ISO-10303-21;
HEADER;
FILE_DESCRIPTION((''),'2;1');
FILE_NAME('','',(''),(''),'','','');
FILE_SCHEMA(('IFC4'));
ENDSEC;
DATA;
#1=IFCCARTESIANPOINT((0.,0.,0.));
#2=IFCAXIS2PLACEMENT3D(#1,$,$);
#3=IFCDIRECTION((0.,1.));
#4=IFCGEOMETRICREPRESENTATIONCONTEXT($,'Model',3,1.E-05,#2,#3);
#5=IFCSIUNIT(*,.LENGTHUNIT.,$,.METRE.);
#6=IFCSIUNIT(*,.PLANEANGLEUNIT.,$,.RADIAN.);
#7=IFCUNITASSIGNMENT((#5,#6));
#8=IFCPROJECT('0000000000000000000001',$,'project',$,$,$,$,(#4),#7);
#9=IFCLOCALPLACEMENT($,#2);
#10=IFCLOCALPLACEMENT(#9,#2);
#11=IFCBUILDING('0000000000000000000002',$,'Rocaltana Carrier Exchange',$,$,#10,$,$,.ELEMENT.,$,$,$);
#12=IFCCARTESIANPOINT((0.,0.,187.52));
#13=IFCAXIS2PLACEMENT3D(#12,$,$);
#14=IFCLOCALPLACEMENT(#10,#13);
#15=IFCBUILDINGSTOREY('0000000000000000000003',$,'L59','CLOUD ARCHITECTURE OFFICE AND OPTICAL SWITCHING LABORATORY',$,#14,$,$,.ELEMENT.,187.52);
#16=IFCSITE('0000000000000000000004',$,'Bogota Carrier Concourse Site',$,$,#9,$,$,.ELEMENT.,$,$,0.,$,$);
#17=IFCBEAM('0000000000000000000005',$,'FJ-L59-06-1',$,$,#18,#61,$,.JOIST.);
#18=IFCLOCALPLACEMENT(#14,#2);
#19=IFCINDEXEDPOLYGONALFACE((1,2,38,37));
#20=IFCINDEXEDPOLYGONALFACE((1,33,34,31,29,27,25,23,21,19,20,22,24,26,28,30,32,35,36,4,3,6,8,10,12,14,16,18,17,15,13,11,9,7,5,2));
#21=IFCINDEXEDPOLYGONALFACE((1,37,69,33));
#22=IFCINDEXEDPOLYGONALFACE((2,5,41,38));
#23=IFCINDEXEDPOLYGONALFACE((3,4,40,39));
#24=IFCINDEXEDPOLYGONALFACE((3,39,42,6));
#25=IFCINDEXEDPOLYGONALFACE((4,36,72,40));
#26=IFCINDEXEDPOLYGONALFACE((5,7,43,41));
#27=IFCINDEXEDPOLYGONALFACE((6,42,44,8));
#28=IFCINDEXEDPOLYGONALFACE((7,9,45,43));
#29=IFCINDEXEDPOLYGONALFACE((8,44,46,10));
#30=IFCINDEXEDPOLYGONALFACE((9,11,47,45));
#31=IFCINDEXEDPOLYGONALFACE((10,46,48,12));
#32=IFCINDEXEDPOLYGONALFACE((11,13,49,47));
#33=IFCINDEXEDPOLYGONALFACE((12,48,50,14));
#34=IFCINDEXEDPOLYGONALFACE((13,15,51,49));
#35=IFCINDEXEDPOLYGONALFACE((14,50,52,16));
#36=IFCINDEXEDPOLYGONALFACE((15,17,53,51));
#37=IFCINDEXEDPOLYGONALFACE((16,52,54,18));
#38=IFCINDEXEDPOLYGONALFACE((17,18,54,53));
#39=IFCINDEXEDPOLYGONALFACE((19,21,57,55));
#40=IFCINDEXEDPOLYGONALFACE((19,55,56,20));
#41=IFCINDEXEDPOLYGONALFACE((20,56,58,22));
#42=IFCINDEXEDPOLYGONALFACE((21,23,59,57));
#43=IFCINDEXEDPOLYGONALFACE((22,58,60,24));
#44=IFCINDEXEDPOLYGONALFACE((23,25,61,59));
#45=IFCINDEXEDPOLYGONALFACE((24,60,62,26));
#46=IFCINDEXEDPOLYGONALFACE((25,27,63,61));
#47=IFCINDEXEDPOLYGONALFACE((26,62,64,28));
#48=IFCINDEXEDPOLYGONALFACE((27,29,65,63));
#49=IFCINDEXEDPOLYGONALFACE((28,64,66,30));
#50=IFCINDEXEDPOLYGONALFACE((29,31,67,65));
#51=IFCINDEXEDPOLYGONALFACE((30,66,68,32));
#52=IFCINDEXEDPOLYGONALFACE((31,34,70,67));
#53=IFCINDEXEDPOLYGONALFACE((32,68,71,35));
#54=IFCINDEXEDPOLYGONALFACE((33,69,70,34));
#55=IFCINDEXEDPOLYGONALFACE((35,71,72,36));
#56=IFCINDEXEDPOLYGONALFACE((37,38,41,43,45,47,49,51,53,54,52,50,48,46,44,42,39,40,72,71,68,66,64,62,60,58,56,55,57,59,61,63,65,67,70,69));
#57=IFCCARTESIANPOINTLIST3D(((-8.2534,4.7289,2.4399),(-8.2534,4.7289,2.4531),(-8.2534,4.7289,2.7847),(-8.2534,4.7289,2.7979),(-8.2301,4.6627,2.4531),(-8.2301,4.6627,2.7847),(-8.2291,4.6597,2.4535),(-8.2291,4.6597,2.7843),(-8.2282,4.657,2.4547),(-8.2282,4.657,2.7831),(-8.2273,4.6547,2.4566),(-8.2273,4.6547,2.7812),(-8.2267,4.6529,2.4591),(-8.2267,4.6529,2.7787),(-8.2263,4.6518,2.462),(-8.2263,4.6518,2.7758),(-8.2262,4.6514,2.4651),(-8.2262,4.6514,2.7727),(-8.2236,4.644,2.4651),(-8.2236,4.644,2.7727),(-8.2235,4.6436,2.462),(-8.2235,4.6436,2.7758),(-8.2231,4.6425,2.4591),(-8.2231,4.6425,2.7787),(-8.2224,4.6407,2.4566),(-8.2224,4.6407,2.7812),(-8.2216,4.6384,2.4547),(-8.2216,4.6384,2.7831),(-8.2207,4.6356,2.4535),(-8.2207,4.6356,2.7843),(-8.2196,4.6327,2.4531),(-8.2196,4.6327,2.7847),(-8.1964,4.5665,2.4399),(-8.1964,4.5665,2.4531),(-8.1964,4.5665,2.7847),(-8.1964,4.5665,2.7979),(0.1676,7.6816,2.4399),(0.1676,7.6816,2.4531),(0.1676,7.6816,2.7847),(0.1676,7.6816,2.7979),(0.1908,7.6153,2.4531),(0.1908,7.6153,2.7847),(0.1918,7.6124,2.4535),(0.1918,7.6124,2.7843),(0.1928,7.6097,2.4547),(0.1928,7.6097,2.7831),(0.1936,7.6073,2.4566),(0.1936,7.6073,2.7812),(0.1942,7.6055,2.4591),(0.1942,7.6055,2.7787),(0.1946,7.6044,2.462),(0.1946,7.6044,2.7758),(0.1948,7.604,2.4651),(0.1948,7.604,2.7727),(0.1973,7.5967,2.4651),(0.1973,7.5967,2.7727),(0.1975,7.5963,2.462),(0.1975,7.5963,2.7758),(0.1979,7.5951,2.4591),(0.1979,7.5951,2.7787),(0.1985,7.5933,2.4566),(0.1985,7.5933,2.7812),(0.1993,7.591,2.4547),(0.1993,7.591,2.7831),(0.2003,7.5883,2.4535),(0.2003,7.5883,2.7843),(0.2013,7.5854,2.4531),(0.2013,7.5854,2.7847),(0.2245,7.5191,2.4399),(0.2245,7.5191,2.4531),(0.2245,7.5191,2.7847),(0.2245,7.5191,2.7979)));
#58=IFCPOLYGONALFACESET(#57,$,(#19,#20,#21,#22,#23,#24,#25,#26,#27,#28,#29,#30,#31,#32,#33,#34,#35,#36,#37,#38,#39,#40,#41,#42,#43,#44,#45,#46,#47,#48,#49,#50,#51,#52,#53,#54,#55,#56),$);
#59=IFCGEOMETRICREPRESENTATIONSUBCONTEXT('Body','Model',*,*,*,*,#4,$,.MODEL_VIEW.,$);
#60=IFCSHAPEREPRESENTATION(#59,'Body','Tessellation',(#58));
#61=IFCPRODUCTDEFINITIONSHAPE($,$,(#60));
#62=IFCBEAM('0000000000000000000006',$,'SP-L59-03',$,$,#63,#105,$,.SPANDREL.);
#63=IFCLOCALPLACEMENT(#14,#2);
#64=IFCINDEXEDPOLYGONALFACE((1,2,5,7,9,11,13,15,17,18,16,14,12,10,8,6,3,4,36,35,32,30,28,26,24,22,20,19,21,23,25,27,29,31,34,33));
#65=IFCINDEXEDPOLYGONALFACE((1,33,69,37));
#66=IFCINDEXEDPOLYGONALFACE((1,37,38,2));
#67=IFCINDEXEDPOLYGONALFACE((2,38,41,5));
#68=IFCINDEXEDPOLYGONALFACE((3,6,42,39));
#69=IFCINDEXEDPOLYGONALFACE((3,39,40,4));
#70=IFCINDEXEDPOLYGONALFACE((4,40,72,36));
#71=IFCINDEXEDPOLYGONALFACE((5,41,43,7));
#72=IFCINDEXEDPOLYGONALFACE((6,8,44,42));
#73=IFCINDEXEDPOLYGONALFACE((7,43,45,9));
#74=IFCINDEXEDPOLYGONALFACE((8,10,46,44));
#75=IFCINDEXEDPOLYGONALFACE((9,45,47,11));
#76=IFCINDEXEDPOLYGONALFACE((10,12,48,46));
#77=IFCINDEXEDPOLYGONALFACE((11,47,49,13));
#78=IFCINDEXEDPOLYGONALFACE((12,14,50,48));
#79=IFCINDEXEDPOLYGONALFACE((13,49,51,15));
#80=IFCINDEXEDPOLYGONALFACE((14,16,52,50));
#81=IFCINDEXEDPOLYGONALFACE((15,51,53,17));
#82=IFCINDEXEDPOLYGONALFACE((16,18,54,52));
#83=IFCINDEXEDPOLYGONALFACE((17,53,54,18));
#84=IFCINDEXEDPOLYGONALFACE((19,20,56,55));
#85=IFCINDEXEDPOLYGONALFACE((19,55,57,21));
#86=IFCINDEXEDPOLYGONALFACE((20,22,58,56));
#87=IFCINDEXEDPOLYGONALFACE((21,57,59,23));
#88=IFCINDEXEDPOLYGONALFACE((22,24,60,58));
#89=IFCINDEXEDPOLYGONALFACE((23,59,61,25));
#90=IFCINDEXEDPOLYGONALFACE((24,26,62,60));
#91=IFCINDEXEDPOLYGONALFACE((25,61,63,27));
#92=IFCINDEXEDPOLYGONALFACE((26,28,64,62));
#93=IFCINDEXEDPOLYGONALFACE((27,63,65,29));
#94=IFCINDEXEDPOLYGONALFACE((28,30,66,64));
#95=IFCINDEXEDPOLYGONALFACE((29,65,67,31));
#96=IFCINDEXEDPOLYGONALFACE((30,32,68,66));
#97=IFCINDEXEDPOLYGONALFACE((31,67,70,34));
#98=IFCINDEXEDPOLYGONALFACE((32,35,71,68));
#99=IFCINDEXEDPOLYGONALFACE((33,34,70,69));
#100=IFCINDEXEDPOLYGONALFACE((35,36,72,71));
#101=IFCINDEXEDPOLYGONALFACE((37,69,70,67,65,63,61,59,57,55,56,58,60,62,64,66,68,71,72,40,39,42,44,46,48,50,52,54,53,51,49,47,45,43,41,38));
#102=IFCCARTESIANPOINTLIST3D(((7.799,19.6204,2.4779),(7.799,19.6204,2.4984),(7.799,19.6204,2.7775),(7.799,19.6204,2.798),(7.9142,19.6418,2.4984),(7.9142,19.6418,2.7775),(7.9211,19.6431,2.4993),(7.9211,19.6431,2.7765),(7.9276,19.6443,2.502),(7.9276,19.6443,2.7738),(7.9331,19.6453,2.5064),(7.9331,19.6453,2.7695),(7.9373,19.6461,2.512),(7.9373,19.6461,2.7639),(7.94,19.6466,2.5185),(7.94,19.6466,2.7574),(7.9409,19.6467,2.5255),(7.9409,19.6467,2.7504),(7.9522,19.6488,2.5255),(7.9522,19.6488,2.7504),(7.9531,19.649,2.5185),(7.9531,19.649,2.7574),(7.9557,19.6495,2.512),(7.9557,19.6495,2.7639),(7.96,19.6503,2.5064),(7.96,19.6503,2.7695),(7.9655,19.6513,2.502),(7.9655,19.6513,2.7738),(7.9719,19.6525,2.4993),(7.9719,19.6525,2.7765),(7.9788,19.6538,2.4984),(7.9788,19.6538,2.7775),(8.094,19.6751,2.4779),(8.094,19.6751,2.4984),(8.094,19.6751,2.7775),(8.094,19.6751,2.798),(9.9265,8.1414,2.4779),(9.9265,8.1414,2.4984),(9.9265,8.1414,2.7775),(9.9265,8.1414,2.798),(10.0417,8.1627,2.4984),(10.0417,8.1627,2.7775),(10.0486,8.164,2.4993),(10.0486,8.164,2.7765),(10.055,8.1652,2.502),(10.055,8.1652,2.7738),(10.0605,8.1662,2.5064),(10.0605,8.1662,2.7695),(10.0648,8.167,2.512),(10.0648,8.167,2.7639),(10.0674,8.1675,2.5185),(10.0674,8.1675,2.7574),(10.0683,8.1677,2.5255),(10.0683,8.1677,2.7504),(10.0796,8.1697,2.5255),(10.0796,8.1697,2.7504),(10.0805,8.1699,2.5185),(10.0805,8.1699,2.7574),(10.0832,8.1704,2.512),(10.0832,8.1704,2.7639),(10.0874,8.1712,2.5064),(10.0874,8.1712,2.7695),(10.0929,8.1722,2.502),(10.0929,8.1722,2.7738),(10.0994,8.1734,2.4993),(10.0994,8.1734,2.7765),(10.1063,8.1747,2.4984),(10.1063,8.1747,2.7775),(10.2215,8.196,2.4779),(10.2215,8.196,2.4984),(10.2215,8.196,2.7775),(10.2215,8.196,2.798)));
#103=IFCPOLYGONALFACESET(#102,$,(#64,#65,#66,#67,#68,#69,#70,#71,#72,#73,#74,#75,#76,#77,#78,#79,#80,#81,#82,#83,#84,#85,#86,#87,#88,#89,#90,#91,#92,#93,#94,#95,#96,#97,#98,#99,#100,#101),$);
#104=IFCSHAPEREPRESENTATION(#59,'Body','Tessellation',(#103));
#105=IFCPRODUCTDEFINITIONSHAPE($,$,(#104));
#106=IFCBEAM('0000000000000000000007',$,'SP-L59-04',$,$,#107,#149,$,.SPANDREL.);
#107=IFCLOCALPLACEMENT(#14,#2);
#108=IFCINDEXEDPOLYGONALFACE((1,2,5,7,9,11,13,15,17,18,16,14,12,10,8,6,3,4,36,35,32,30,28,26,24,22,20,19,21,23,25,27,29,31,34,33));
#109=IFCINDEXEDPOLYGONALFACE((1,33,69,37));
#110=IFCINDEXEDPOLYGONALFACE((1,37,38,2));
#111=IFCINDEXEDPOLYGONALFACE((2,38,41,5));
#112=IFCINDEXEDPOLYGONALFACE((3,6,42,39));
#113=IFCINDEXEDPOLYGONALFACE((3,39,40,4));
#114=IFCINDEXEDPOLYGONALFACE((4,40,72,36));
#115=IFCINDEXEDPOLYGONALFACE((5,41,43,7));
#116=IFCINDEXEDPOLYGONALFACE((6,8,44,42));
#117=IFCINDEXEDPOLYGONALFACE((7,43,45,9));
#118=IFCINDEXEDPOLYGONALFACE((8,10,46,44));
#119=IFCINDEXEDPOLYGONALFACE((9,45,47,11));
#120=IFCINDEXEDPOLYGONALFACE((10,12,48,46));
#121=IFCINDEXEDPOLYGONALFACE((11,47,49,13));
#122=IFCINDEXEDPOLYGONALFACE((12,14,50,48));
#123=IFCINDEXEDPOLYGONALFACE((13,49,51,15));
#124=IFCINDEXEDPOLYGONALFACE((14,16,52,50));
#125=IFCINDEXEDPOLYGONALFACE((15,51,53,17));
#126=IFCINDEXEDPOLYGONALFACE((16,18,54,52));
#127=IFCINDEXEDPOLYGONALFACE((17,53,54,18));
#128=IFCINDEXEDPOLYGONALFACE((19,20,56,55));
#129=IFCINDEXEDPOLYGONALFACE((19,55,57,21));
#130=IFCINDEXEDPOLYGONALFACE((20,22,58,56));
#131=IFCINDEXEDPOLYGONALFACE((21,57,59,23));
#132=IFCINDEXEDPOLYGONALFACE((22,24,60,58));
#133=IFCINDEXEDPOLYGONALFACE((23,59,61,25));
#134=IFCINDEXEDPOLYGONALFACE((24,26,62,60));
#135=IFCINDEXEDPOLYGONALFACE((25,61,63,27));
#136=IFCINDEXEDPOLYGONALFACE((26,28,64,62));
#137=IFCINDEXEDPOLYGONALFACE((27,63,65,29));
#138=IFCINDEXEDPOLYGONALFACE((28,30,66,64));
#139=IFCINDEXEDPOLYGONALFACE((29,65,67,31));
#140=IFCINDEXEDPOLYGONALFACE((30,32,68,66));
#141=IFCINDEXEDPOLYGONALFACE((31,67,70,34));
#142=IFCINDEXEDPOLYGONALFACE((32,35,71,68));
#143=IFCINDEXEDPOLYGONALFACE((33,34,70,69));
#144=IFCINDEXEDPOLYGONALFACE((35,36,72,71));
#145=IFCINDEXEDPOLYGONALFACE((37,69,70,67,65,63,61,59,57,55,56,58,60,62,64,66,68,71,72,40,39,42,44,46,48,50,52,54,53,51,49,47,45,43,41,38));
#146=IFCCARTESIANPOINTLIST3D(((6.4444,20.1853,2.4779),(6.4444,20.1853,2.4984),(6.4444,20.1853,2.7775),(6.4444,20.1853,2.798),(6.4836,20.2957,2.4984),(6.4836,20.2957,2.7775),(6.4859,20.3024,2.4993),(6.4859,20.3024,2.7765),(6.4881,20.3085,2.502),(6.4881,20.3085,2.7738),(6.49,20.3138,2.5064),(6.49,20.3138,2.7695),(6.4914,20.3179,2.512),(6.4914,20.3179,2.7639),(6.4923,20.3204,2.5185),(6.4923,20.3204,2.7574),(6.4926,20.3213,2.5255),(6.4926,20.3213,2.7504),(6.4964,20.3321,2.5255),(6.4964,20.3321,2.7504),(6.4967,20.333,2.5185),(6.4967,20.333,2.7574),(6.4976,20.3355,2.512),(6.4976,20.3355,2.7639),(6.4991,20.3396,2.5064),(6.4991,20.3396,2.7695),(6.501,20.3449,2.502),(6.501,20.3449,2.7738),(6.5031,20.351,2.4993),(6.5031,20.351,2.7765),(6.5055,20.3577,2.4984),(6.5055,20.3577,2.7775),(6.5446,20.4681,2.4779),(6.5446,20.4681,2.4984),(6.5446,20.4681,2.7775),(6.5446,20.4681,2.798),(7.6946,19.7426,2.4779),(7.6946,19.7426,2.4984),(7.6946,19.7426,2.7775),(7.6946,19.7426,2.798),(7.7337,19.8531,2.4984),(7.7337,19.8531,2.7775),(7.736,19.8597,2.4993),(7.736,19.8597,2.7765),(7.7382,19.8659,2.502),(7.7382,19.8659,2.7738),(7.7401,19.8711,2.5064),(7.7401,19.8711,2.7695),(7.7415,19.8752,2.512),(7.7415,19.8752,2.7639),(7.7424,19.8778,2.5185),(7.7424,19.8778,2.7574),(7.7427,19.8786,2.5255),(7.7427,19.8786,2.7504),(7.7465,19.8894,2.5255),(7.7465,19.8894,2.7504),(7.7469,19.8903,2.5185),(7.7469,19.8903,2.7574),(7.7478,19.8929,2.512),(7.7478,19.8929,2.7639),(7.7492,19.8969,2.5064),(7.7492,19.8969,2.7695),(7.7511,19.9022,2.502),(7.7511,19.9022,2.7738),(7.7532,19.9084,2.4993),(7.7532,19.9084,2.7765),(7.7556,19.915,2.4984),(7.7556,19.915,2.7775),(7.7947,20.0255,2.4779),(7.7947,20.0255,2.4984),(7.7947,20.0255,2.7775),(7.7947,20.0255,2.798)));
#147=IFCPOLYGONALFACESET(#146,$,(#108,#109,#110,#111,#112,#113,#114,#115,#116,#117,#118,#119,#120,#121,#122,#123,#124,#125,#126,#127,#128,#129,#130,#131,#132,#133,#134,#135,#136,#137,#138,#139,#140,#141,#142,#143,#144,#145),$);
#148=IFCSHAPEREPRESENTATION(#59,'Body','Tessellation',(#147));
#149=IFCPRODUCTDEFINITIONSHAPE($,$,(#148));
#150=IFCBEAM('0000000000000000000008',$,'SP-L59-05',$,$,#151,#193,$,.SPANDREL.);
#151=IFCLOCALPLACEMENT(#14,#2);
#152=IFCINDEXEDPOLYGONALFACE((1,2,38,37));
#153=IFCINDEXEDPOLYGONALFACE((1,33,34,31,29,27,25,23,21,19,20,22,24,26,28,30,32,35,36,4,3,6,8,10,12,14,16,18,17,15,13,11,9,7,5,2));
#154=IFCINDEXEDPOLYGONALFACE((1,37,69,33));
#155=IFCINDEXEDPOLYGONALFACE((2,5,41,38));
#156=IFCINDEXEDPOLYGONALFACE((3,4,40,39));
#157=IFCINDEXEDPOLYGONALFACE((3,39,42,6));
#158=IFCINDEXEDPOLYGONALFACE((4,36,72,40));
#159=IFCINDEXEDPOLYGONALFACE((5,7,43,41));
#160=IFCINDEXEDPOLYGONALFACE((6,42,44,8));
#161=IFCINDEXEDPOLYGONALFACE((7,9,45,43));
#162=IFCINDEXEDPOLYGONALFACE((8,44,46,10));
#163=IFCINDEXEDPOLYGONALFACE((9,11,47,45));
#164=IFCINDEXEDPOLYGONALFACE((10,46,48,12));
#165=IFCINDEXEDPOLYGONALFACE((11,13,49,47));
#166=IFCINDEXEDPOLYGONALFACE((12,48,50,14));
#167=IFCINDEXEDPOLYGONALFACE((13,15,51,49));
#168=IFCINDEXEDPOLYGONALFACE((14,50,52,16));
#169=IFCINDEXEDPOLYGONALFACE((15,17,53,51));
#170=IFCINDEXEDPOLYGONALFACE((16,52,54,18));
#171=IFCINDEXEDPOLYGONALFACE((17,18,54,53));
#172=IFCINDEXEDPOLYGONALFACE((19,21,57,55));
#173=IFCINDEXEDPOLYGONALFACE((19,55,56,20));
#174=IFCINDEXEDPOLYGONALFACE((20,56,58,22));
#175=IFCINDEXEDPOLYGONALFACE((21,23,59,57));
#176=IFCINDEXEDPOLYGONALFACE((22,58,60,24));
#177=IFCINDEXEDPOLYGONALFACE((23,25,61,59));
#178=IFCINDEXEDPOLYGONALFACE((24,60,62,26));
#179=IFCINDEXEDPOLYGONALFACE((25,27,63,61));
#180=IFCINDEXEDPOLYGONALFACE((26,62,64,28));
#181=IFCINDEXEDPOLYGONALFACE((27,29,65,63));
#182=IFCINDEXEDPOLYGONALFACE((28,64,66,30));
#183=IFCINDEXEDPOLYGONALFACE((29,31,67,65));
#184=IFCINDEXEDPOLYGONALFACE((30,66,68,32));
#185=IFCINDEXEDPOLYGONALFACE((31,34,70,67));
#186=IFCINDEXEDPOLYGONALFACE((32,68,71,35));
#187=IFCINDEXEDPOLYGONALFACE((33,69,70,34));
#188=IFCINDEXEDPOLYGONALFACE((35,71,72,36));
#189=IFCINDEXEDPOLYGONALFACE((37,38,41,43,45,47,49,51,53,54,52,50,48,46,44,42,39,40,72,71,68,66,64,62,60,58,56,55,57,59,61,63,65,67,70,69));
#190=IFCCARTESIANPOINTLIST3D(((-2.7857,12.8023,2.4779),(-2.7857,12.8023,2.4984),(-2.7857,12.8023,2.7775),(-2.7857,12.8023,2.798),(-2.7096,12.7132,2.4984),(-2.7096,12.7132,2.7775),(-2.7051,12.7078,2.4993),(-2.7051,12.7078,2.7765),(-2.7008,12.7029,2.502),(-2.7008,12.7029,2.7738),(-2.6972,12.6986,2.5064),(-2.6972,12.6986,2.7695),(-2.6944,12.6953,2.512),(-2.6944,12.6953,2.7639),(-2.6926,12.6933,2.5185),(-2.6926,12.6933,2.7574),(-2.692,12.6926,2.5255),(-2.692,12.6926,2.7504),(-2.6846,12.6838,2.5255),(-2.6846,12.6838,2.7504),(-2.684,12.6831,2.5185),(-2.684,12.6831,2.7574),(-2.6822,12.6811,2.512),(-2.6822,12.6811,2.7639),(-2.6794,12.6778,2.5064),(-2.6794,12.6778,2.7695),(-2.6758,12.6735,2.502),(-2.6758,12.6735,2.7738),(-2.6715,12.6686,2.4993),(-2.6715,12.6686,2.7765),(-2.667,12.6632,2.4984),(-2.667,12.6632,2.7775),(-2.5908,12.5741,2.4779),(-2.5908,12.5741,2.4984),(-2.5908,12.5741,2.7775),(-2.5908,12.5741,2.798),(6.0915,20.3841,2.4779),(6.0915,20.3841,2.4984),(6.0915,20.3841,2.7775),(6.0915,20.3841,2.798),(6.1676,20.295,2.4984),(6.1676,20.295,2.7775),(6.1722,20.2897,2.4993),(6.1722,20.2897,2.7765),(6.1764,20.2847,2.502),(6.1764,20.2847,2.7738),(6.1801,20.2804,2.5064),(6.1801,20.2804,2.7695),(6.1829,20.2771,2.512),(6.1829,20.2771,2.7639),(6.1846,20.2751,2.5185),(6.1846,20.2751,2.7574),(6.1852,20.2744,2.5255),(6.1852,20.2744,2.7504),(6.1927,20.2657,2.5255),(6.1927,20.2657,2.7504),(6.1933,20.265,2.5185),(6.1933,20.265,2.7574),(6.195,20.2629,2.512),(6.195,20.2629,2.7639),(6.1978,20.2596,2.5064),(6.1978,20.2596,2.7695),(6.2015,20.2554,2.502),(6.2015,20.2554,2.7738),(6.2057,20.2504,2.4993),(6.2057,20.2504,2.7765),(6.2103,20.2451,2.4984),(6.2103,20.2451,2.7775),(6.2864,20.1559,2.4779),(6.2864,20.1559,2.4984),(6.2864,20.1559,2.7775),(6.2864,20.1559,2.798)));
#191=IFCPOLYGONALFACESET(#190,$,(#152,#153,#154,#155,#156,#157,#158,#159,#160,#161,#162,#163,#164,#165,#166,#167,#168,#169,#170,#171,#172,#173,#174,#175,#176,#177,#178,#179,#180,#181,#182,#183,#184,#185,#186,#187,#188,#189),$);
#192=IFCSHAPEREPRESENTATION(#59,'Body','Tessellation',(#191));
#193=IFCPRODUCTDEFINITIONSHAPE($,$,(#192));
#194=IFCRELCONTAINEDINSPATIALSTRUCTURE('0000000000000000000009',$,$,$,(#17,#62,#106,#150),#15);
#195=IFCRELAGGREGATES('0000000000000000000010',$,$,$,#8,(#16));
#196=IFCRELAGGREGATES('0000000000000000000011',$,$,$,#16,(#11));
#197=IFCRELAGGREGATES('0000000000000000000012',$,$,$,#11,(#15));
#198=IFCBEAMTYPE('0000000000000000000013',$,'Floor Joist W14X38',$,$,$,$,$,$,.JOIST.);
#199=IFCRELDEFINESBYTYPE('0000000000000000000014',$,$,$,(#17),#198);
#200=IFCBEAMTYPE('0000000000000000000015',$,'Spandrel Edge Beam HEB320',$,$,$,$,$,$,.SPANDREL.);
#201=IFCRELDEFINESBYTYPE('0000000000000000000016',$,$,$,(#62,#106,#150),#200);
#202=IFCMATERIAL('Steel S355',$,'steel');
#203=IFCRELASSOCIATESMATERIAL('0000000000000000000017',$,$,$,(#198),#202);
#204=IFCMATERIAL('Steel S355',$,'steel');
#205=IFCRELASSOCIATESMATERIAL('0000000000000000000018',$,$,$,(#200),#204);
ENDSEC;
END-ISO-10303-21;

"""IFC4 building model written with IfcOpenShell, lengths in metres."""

from ifc_helpers import new_model, si_unit, direction, frame, origin, origin_2d, place, context, subcontext, project, spatial, i_section, extrude, material, material_profile, profile_set, type_object, element, save


model = new_model("IFC4")

# Units and contexts
model_context = context("Model", 3, precision=1e-05, world=origin(), true_north=direction((0.0, 1.0)))
body_context = subcontext(model_context, "Body", "Model", "MODEL_VIEW")
ifc_project = project(units=[si_unit("LENGTHUNIT", "METRE"), si_unit("PLANEANGLEUNIT", "RADIAN")], contexts=[model_context])

# Site, building, storey
site_placement = place(None, origin())
site = spatial("IfcSite", under=ifc_project, at=site_placement, Name="Bogota Carrier Concourse Site", CompositionType="ELEMENT", RefElevation=0.0)
building_placement = place(site_placement, origin())
building = spatial("IfcBuilding", under=site, at=building_placement, Name="Rocaltana Carrier Exchange", CompositionType="ELEMENT")
storey_placement = place(building_placement, frame((0.0, 0.0, 187.52)))
storey = spatial("IfcBuildingStorey", under=building, at=storey_placement, Name="L59", Description="CLOUD ARCHITECTURE OFFICE AND OPTICAL SWITCHING LABORATORY", CompositionType="ELEMENT", Elevation=187.52)

# Beams
ifc_material_1 = material(Name="Steel S355", Category="steel")
ifc_material_profile_1 = material_profile(ifc_material_1, i_section(OverallWidth=0.1721, OverallDepth=0.3579, WebThickness=0.0078, FlangeThickness=0.0132, FilletRadius=0.012, at=origin_2d()), Name="W14X38")
ifc_profile_set_1 = profile_set([ifc_material_profile_1], Name="Steel S355")
beam_type_1 = type_object("IfcBeamType", Name="Floor Joist W14X38", PredefinedType="JOIST", material=ifc_profile_set_1)
beam_1_placement = place(storey_placement, frame((0.196, 7.6003, 2.6189), z_axis=(-0.943672, -0.330882, 0.0), x_axis=(0.330882, -0.943672, 0.0)))
element("IfcBeam", 1, at=beam_1_placement, inside=storey, type_object=beam_type_1, Name="FJ-L59-06-1", PredefinedType="JOIST", context=body_context, shape_type="SweptSolid", body=[
    extrude(i_section(OverallWidth=0.1721, OverallDepth=0.3579, WebThickness=0.0078, FlangeThickness=0.0132, FilletRadius=0.012, at=origin_2d()), origin(), (0.0, 0.0, 1.0), 8.9236),
])
ifc_material_2 = material(Name="Steel S355", Category="steel")
ifc_material_profile_2 = material_profile(ifc_material_2, i_section(OverallWidth=0.3, OverallDepth=0.3201, WebThickness=0.0115, FlangeThickness=0.0205, FilletRadius=0.0271, at=origin_2d()), Name="HEB320")
ifc_profile_set_2 = profile_set([ifc_material_profile_2], Name="Steel S355")
beam_type_2 = type_object("IfcBeamType", Name="Spandrel Edge Beam HEB320", PredefinedType="SPANDREL", material=ifc_profile_set_2)
beam_2_placement = place(storey_placement, frame((10.074, 8.1687, 2.6379), z_axis=(-0.18223, 0.983256, 0.0), x_axis=(-0.983256, -0.18223, 0.0)))
element("IfcBeam", 2, at=beam_2_placement, inside=storey, type_object=beam_type_2, Name="SP-L59-03", PredefinedType="SPANDREL", context=body_context, shape_type="SweptSolid", body=[
    extrude(i_section(OverallWidth=0.3, OverallDepth=0.3201, WebThickness=0.0115, FlangeThickness=0.0205, FilletRadius=0.0271, at=origin_2d()), origin(), (0.0, 0.0, 1.0), 11.6746),
])
beam_3_placement = place(storey_placement, frame((7.7446, 19.884, 2.6379), z_axis=(-0.942647, 0.333793, 0.0), x_axis=(-0.333793, -0.942647, 0.0)))
element("IfcBeam", 3, at=beam_3_placement, inside=storey, type_object=beam_type_2, Name="SP-L59-04", PredefinedType="SPANDREL", context=body_context, shape_type="SweptSolid", body=[
    extrude(i_section(OverallWidth=0.3, OverallDepth=0.3201, WebThickness=0.0115, FlangeThickness=0.0205, FilletRadius=0.0271, at=origin_2d()), origin(), (0.0, 0.0, 1.0), 1.3262),
])
beam_4_placement = place(storey_placement, frame((6.189, 20.27, 2.6379), z_axis=(-0.760408, -0.649445, 0.0), x_axis=(0.649445, -0.760408, 0.0)))
element("IfcBeam", 4, at=beam_4_placement, inside=storey, type_object=beam_type_2, Name="SP-L59-05", PredefinedType="SPANDREL", context=body_context, shape_type="SweptSolid", body=[
    extrude(i_section(OverallWidth=0.3, OverallDepth=0.3201, WebThickness=0.0115, FlangeThickness=0.0205, FilletRadius=0.0271, at=origin_2d()), origin(), (0.0, 0.0, 1.0), 11.6743),
])

save(model, "model.ifc")
